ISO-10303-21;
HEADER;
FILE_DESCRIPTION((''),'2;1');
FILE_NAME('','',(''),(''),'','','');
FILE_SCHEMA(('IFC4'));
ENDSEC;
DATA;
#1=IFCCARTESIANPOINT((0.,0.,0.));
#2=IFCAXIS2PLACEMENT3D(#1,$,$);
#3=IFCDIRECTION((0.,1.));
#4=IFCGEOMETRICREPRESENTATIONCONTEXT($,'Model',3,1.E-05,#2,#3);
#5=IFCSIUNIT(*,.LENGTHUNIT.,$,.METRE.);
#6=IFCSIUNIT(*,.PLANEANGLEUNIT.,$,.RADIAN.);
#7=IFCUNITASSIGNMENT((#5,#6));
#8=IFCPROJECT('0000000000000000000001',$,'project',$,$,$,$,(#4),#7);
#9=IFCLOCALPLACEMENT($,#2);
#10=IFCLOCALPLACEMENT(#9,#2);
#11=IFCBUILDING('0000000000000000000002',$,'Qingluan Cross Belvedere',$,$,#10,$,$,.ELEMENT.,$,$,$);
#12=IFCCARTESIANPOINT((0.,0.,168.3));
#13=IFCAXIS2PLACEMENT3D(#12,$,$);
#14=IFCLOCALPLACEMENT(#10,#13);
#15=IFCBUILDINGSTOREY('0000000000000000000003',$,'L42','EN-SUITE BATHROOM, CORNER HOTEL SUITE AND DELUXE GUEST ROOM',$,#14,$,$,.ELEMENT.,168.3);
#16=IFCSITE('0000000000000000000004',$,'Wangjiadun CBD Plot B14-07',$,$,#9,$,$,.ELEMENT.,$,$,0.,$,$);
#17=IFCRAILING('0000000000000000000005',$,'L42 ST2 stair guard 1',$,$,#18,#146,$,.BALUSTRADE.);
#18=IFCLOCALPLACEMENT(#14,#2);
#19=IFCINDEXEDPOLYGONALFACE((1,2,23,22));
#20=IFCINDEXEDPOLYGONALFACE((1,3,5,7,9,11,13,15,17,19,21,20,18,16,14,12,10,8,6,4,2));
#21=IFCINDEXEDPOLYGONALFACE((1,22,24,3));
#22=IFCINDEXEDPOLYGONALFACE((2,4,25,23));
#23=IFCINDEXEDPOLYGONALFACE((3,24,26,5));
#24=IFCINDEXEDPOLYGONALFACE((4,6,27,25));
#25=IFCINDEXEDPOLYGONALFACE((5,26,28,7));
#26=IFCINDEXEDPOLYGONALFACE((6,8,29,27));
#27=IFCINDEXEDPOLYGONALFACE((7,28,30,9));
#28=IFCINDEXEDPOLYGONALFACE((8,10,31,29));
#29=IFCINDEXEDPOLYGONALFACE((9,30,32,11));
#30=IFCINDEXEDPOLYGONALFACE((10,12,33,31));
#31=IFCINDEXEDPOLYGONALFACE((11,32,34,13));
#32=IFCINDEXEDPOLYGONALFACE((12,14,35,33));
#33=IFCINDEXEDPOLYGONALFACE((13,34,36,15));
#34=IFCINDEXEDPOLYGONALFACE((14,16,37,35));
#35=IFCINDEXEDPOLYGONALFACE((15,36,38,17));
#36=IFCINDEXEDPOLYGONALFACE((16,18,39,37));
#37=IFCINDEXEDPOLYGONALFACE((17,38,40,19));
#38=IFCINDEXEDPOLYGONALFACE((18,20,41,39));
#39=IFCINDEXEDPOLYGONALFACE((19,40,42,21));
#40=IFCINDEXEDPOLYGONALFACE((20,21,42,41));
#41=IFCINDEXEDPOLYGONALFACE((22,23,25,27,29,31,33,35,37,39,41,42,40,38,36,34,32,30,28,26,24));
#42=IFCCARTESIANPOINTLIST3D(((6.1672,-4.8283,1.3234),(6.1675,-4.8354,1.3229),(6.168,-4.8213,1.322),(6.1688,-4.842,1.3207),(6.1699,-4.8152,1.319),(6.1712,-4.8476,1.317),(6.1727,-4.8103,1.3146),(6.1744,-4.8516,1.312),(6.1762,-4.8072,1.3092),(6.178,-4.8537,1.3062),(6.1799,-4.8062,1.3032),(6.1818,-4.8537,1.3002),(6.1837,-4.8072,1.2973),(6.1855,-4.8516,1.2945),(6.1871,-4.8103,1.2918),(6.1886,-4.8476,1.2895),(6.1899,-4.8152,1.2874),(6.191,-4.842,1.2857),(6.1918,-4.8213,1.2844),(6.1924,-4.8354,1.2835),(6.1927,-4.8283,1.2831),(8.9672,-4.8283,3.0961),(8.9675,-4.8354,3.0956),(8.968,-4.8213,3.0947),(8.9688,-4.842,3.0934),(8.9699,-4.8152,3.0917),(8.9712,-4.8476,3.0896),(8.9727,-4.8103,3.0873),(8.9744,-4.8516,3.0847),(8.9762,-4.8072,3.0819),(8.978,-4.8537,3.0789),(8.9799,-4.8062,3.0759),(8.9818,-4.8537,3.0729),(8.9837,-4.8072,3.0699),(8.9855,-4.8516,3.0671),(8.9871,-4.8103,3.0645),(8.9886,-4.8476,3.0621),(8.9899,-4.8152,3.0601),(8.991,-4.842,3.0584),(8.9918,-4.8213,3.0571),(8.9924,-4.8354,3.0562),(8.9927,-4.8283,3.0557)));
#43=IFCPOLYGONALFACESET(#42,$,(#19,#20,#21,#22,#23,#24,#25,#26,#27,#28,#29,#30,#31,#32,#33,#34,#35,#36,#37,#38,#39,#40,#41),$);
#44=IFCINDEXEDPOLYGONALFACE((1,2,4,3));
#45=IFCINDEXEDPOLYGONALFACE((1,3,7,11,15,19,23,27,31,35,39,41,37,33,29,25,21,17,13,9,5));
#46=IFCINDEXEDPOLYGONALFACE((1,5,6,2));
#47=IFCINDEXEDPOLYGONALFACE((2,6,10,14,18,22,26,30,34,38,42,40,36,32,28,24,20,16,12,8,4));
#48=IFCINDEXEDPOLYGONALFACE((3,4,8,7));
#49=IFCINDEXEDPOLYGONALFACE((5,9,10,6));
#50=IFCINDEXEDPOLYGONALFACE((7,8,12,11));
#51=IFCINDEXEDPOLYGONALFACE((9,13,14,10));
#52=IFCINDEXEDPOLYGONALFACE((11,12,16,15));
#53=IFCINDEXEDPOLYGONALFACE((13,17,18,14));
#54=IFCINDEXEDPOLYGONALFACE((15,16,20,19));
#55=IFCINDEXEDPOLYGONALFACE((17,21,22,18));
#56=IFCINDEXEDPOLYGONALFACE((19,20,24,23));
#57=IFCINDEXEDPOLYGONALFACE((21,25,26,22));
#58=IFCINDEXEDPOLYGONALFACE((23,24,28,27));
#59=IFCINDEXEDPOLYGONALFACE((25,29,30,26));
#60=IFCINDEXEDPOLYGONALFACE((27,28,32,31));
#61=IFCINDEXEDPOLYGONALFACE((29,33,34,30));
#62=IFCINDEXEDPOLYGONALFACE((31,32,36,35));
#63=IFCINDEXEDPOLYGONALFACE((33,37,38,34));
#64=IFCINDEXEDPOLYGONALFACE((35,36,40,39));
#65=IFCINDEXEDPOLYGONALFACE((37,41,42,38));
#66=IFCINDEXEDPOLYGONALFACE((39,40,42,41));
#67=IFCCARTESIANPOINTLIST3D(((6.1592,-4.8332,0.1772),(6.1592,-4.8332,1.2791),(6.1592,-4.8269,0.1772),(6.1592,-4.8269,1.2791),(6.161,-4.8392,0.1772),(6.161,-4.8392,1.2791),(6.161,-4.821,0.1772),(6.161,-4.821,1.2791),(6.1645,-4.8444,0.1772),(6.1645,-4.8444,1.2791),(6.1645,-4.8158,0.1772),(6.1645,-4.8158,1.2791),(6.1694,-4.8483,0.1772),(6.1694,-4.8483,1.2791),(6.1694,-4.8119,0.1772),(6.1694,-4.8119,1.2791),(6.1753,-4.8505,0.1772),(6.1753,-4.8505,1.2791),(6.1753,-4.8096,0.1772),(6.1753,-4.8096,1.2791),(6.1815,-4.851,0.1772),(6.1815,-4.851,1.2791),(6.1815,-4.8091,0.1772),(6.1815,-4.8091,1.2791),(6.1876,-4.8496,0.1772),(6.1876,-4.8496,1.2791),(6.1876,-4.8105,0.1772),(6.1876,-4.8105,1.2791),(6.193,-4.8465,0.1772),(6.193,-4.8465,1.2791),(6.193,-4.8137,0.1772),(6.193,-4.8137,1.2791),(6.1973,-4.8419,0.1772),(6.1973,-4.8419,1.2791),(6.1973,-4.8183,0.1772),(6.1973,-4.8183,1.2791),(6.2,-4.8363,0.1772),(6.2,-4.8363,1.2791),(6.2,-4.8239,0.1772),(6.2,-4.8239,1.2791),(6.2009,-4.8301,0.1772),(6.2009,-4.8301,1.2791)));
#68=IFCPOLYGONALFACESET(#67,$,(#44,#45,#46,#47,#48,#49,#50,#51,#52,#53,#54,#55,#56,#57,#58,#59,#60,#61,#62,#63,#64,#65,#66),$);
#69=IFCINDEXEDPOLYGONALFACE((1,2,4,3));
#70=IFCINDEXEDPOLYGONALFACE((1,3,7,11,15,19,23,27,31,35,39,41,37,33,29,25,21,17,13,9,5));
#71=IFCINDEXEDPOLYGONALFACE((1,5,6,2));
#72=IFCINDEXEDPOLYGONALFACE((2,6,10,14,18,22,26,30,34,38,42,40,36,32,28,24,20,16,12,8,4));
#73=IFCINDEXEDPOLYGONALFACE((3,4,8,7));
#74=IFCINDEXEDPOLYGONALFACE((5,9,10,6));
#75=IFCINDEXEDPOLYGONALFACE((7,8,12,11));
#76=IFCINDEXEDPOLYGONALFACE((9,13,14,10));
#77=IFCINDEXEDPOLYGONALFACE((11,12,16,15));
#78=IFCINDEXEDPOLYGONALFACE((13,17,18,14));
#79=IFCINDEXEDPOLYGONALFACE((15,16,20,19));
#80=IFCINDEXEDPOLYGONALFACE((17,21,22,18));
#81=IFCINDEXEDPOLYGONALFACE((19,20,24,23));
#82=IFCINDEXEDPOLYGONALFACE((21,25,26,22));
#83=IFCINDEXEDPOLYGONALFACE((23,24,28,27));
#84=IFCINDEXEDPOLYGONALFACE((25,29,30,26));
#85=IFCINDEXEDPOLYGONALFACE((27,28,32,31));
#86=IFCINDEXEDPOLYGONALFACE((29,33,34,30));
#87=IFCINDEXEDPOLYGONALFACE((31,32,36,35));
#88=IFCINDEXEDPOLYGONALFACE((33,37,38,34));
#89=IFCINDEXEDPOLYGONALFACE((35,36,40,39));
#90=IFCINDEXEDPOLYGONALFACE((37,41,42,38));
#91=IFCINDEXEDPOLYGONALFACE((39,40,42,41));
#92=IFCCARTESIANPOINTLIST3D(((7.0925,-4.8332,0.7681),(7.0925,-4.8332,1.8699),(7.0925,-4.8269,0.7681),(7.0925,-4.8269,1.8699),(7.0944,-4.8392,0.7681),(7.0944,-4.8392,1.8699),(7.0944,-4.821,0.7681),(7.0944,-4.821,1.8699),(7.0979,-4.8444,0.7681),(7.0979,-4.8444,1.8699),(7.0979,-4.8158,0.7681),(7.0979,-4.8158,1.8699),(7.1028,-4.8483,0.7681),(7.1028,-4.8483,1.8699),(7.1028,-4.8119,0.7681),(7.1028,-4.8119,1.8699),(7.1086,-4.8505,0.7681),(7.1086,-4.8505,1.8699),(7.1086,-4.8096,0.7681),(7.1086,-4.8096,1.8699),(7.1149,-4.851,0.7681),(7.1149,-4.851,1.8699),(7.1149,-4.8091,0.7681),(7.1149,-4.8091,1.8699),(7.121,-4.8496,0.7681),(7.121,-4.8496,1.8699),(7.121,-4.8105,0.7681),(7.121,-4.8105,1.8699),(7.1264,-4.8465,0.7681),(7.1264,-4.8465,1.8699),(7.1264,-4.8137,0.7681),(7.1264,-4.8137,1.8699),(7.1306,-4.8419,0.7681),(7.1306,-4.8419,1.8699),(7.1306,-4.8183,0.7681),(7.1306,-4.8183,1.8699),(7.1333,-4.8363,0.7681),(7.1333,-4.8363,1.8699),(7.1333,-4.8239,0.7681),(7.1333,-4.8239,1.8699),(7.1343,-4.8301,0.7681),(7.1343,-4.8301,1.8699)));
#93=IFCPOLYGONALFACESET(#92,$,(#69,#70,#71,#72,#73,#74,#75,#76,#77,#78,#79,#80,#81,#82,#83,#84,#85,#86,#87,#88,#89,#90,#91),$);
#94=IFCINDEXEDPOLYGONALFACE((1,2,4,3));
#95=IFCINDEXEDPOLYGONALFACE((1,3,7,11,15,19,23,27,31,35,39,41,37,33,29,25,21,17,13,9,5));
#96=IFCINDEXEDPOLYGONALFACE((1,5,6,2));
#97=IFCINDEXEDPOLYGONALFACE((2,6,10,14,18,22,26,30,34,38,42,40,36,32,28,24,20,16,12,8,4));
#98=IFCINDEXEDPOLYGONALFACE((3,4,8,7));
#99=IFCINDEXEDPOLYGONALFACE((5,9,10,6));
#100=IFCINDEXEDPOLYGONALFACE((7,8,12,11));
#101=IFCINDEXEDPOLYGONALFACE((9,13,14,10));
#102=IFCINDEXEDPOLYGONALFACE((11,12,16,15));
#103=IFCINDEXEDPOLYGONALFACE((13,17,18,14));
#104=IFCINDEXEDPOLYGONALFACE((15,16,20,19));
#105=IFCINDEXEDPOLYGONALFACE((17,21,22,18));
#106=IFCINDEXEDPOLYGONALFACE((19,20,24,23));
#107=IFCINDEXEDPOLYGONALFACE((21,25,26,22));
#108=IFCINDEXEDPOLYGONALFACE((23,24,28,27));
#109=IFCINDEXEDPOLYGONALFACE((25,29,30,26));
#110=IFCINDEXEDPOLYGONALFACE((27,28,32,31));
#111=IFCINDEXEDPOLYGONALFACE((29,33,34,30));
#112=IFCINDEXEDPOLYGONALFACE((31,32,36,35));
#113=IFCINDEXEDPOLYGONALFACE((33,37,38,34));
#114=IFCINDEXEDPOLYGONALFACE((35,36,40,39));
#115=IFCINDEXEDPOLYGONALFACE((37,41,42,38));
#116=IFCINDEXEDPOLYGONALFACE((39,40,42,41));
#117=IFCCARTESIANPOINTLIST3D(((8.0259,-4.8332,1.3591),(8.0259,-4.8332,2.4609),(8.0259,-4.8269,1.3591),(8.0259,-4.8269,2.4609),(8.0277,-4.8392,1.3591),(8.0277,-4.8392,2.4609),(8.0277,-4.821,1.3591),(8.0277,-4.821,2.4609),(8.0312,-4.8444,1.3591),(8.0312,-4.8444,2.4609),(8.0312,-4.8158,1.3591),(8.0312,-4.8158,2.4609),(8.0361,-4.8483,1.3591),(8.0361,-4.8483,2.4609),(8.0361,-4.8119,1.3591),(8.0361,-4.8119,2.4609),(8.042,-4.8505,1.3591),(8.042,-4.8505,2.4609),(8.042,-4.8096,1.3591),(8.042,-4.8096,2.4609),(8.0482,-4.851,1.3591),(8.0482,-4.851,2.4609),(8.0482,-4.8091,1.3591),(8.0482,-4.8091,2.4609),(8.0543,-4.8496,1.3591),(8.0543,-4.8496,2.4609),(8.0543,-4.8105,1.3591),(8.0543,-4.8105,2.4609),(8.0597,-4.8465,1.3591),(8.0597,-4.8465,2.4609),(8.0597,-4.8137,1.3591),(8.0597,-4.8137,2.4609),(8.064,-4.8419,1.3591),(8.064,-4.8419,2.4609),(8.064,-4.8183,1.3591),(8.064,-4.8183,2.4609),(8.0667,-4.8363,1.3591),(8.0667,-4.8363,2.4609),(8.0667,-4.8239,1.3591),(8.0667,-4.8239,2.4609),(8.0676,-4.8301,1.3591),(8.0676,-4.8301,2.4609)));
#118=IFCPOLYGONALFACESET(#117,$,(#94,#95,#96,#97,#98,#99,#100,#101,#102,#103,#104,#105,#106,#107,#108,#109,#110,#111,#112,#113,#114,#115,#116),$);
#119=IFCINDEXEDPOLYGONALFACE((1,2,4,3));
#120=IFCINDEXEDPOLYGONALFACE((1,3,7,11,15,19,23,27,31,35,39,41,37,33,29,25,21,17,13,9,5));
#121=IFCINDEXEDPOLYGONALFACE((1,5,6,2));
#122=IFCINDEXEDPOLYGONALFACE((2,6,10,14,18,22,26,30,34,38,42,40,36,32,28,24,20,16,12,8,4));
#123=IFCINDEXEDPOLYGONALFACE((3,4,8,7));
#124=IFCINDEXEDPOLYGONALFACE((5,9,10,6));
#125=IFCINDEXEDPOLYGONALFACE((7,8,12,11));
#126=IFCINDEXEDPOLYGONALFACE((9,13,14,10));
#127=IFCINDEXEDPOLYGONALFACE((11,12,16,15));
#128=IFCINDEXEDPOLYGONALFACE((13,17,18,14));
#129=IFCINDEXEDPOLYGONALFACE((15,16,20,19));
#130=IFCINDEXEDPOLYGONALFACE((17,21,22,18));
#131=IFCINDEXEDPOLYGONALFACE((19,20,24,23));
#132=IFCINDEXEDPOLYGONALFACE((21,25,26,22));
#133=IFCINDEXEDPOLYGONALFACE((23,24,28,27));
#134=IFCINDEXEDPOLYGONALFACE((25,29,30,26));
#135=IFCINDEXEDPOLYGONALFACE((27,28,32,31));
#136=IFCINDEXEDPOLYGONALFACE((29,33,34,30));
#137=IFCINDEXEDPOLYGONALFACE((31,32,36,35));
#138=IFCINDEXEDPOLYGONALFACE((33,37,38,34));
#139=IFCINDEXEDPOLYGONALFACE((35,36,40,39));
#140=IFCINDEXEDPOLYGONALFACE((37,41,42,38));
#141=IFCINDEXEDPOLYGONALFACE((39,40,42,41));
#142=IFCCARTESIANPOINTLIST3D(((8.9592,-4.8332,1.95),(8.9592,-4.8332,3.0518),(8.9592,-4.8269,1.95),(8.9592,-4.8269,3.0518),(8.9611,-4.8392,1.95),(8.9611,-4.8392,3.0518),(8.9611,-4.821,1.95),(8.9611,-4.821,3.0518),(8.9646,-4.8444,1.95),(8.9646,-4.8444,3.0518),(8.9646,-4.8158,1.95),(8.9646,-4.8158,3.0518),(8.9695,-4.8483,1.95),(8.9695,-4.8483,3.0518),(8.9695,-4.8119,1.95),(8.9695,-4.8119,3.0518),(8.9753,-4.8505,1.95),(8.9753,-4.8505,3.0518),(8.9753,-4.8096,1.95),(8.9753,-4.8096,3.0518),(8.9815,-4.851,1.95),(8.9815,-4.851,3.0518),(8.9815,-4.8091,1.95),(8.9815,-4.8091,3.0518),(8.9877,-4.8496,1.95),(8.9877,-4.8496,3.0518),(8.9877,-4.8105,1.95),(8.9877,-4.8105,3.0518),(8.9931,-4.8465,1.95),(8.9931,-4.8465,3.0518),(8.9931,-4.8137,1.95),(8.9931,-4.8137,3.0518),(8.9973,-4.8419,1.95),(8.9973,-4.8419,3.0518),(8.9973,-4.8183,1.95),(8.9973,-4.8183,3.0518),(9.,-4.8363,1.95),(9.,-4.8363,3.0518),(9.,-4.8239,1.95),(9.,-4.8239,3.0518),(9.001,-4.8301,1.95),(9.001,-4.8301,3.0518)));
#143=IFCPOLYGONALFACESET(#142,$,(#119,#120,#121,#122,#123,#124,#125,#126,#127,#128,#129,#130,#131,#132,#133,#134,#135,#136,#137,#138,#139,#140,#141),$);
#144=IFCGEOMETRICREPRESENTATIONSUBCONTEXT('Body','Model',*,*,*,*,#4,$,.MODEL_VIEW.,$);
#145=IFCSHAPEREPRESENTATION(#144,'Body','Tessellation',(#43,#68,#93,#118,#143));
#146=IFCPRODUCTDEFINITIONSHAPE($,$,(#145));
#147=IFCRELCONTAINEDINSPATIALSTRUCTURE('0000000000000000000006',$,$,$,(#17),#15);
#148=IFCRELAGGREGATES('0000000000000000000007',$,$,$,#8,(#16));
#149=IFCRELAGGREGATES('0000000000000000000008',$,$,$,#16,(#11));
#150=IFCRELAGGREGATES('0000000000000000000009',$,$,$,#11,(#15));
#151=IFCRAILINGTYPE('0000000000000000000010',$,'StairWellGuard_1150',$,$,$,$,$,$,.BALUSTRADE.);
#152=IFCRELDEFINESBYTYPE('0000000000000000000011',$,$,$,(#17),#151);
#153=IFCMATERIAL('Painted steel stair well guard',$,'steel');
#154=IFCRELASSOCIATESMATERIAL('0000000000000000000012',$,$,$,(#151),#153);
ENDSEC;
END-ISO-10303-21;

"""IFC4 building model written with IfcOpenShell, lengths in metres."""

from ifc_helpers import new_model, si_unit, direction, frame, origin, origin_2d, place, context, subcontext, project, spatial, circle, extrude, material, type_object, element, save


model = new_model("IFC4")

# Units and contexts
model_context = context("Model", 3, precision=1e-05, world=origin(), true_north=direction((0.0, 1.0)))
body_context = subcontext(model_context, "Body", "Model", "MODEL_VIEW")
ifc_project = project(units=[si_unit("LENGTHUNIT", "METRE"), si_unit("PLANEANGLEUNIT", "RADIAN")], contexts=[model_context])

# Site, building, storey
site_placement = place(None, origin())
site = spatial("IfcSite", under=ifc_project, at=site_placement, Name="Wangjiadun CBD Plot B14-07", CompositionType="ELEMENT", RefElevation=0.0)
building_placement = place(site_placement, origin())
building = spatial("IfcBuilding", under=site, at=building_placement, Name="Qingluan Cross Belvedere", CompositionType="ELEMENT")
storey_placement = place(building_placement, frame((0.0, 0.0, 168.3)))
storey = spatial("IfcBuildingStorey", under=building, at=storey_placement, Name="L42", Description="EN-SUITE BATHROOM, CORNER HOTEL SUITE AND DELUXE GUEST ROOM", CompositionType="ELEMENT", Elevation=168.3)

# Railing
ifc_material_1 = material(Name="Painted steel stair well guard", Category="steel")
railing_type_1 = type_object("IfcRailingType", Name="StairWellGuard_1150", PredefinedType="BALUSTRADE", material=ifc_material_1)
railing_1_placement = place(storey_placement, frame((6.1799, -4.8301, 0.1772)))
element("IfcRailing", 1, at=railing_1_placement, inside=storey, type_object=railing_type_1, Name="L42 ST2 stair guard 1", PredefinedType="BALUSTRADE", context=body_context, shape_type="SweptSolid", body=[
    extrude(circle(Radius=0.0239, at=origin_2d()), frame((0.0, 0.0, 1.126), z_axis=(0.844909, 0.0, 0.53491), x_axis=(0.0, 1.0, 0.0)), (0.0, 0.0, 1.0), 3.314),
    extrude(circle(Radius=0.021, at=origin_2d()), origin(), (0.0, 0.0, 1.0), 1.1018),
    extrude(circle(Radius=0.021, at=origin_2d()), frame((0.9333, 0.0, 0.5908)), (0.0, 0.0, 1.0), 1.1018),
    extrude(circle(Radius=0.021, at=origin_2d()), frame((1.8667, 0.0, 1.1819)), (0.0, 0.0, 1.0), 1.1018),
    extrude(circle(Radius=0.021, at=origin_2d()), frame((2.8, 0.0, 1.7727)), (0.0, 0.0, 1.0), 1.1018),
])

save(model, "model.ifc")
